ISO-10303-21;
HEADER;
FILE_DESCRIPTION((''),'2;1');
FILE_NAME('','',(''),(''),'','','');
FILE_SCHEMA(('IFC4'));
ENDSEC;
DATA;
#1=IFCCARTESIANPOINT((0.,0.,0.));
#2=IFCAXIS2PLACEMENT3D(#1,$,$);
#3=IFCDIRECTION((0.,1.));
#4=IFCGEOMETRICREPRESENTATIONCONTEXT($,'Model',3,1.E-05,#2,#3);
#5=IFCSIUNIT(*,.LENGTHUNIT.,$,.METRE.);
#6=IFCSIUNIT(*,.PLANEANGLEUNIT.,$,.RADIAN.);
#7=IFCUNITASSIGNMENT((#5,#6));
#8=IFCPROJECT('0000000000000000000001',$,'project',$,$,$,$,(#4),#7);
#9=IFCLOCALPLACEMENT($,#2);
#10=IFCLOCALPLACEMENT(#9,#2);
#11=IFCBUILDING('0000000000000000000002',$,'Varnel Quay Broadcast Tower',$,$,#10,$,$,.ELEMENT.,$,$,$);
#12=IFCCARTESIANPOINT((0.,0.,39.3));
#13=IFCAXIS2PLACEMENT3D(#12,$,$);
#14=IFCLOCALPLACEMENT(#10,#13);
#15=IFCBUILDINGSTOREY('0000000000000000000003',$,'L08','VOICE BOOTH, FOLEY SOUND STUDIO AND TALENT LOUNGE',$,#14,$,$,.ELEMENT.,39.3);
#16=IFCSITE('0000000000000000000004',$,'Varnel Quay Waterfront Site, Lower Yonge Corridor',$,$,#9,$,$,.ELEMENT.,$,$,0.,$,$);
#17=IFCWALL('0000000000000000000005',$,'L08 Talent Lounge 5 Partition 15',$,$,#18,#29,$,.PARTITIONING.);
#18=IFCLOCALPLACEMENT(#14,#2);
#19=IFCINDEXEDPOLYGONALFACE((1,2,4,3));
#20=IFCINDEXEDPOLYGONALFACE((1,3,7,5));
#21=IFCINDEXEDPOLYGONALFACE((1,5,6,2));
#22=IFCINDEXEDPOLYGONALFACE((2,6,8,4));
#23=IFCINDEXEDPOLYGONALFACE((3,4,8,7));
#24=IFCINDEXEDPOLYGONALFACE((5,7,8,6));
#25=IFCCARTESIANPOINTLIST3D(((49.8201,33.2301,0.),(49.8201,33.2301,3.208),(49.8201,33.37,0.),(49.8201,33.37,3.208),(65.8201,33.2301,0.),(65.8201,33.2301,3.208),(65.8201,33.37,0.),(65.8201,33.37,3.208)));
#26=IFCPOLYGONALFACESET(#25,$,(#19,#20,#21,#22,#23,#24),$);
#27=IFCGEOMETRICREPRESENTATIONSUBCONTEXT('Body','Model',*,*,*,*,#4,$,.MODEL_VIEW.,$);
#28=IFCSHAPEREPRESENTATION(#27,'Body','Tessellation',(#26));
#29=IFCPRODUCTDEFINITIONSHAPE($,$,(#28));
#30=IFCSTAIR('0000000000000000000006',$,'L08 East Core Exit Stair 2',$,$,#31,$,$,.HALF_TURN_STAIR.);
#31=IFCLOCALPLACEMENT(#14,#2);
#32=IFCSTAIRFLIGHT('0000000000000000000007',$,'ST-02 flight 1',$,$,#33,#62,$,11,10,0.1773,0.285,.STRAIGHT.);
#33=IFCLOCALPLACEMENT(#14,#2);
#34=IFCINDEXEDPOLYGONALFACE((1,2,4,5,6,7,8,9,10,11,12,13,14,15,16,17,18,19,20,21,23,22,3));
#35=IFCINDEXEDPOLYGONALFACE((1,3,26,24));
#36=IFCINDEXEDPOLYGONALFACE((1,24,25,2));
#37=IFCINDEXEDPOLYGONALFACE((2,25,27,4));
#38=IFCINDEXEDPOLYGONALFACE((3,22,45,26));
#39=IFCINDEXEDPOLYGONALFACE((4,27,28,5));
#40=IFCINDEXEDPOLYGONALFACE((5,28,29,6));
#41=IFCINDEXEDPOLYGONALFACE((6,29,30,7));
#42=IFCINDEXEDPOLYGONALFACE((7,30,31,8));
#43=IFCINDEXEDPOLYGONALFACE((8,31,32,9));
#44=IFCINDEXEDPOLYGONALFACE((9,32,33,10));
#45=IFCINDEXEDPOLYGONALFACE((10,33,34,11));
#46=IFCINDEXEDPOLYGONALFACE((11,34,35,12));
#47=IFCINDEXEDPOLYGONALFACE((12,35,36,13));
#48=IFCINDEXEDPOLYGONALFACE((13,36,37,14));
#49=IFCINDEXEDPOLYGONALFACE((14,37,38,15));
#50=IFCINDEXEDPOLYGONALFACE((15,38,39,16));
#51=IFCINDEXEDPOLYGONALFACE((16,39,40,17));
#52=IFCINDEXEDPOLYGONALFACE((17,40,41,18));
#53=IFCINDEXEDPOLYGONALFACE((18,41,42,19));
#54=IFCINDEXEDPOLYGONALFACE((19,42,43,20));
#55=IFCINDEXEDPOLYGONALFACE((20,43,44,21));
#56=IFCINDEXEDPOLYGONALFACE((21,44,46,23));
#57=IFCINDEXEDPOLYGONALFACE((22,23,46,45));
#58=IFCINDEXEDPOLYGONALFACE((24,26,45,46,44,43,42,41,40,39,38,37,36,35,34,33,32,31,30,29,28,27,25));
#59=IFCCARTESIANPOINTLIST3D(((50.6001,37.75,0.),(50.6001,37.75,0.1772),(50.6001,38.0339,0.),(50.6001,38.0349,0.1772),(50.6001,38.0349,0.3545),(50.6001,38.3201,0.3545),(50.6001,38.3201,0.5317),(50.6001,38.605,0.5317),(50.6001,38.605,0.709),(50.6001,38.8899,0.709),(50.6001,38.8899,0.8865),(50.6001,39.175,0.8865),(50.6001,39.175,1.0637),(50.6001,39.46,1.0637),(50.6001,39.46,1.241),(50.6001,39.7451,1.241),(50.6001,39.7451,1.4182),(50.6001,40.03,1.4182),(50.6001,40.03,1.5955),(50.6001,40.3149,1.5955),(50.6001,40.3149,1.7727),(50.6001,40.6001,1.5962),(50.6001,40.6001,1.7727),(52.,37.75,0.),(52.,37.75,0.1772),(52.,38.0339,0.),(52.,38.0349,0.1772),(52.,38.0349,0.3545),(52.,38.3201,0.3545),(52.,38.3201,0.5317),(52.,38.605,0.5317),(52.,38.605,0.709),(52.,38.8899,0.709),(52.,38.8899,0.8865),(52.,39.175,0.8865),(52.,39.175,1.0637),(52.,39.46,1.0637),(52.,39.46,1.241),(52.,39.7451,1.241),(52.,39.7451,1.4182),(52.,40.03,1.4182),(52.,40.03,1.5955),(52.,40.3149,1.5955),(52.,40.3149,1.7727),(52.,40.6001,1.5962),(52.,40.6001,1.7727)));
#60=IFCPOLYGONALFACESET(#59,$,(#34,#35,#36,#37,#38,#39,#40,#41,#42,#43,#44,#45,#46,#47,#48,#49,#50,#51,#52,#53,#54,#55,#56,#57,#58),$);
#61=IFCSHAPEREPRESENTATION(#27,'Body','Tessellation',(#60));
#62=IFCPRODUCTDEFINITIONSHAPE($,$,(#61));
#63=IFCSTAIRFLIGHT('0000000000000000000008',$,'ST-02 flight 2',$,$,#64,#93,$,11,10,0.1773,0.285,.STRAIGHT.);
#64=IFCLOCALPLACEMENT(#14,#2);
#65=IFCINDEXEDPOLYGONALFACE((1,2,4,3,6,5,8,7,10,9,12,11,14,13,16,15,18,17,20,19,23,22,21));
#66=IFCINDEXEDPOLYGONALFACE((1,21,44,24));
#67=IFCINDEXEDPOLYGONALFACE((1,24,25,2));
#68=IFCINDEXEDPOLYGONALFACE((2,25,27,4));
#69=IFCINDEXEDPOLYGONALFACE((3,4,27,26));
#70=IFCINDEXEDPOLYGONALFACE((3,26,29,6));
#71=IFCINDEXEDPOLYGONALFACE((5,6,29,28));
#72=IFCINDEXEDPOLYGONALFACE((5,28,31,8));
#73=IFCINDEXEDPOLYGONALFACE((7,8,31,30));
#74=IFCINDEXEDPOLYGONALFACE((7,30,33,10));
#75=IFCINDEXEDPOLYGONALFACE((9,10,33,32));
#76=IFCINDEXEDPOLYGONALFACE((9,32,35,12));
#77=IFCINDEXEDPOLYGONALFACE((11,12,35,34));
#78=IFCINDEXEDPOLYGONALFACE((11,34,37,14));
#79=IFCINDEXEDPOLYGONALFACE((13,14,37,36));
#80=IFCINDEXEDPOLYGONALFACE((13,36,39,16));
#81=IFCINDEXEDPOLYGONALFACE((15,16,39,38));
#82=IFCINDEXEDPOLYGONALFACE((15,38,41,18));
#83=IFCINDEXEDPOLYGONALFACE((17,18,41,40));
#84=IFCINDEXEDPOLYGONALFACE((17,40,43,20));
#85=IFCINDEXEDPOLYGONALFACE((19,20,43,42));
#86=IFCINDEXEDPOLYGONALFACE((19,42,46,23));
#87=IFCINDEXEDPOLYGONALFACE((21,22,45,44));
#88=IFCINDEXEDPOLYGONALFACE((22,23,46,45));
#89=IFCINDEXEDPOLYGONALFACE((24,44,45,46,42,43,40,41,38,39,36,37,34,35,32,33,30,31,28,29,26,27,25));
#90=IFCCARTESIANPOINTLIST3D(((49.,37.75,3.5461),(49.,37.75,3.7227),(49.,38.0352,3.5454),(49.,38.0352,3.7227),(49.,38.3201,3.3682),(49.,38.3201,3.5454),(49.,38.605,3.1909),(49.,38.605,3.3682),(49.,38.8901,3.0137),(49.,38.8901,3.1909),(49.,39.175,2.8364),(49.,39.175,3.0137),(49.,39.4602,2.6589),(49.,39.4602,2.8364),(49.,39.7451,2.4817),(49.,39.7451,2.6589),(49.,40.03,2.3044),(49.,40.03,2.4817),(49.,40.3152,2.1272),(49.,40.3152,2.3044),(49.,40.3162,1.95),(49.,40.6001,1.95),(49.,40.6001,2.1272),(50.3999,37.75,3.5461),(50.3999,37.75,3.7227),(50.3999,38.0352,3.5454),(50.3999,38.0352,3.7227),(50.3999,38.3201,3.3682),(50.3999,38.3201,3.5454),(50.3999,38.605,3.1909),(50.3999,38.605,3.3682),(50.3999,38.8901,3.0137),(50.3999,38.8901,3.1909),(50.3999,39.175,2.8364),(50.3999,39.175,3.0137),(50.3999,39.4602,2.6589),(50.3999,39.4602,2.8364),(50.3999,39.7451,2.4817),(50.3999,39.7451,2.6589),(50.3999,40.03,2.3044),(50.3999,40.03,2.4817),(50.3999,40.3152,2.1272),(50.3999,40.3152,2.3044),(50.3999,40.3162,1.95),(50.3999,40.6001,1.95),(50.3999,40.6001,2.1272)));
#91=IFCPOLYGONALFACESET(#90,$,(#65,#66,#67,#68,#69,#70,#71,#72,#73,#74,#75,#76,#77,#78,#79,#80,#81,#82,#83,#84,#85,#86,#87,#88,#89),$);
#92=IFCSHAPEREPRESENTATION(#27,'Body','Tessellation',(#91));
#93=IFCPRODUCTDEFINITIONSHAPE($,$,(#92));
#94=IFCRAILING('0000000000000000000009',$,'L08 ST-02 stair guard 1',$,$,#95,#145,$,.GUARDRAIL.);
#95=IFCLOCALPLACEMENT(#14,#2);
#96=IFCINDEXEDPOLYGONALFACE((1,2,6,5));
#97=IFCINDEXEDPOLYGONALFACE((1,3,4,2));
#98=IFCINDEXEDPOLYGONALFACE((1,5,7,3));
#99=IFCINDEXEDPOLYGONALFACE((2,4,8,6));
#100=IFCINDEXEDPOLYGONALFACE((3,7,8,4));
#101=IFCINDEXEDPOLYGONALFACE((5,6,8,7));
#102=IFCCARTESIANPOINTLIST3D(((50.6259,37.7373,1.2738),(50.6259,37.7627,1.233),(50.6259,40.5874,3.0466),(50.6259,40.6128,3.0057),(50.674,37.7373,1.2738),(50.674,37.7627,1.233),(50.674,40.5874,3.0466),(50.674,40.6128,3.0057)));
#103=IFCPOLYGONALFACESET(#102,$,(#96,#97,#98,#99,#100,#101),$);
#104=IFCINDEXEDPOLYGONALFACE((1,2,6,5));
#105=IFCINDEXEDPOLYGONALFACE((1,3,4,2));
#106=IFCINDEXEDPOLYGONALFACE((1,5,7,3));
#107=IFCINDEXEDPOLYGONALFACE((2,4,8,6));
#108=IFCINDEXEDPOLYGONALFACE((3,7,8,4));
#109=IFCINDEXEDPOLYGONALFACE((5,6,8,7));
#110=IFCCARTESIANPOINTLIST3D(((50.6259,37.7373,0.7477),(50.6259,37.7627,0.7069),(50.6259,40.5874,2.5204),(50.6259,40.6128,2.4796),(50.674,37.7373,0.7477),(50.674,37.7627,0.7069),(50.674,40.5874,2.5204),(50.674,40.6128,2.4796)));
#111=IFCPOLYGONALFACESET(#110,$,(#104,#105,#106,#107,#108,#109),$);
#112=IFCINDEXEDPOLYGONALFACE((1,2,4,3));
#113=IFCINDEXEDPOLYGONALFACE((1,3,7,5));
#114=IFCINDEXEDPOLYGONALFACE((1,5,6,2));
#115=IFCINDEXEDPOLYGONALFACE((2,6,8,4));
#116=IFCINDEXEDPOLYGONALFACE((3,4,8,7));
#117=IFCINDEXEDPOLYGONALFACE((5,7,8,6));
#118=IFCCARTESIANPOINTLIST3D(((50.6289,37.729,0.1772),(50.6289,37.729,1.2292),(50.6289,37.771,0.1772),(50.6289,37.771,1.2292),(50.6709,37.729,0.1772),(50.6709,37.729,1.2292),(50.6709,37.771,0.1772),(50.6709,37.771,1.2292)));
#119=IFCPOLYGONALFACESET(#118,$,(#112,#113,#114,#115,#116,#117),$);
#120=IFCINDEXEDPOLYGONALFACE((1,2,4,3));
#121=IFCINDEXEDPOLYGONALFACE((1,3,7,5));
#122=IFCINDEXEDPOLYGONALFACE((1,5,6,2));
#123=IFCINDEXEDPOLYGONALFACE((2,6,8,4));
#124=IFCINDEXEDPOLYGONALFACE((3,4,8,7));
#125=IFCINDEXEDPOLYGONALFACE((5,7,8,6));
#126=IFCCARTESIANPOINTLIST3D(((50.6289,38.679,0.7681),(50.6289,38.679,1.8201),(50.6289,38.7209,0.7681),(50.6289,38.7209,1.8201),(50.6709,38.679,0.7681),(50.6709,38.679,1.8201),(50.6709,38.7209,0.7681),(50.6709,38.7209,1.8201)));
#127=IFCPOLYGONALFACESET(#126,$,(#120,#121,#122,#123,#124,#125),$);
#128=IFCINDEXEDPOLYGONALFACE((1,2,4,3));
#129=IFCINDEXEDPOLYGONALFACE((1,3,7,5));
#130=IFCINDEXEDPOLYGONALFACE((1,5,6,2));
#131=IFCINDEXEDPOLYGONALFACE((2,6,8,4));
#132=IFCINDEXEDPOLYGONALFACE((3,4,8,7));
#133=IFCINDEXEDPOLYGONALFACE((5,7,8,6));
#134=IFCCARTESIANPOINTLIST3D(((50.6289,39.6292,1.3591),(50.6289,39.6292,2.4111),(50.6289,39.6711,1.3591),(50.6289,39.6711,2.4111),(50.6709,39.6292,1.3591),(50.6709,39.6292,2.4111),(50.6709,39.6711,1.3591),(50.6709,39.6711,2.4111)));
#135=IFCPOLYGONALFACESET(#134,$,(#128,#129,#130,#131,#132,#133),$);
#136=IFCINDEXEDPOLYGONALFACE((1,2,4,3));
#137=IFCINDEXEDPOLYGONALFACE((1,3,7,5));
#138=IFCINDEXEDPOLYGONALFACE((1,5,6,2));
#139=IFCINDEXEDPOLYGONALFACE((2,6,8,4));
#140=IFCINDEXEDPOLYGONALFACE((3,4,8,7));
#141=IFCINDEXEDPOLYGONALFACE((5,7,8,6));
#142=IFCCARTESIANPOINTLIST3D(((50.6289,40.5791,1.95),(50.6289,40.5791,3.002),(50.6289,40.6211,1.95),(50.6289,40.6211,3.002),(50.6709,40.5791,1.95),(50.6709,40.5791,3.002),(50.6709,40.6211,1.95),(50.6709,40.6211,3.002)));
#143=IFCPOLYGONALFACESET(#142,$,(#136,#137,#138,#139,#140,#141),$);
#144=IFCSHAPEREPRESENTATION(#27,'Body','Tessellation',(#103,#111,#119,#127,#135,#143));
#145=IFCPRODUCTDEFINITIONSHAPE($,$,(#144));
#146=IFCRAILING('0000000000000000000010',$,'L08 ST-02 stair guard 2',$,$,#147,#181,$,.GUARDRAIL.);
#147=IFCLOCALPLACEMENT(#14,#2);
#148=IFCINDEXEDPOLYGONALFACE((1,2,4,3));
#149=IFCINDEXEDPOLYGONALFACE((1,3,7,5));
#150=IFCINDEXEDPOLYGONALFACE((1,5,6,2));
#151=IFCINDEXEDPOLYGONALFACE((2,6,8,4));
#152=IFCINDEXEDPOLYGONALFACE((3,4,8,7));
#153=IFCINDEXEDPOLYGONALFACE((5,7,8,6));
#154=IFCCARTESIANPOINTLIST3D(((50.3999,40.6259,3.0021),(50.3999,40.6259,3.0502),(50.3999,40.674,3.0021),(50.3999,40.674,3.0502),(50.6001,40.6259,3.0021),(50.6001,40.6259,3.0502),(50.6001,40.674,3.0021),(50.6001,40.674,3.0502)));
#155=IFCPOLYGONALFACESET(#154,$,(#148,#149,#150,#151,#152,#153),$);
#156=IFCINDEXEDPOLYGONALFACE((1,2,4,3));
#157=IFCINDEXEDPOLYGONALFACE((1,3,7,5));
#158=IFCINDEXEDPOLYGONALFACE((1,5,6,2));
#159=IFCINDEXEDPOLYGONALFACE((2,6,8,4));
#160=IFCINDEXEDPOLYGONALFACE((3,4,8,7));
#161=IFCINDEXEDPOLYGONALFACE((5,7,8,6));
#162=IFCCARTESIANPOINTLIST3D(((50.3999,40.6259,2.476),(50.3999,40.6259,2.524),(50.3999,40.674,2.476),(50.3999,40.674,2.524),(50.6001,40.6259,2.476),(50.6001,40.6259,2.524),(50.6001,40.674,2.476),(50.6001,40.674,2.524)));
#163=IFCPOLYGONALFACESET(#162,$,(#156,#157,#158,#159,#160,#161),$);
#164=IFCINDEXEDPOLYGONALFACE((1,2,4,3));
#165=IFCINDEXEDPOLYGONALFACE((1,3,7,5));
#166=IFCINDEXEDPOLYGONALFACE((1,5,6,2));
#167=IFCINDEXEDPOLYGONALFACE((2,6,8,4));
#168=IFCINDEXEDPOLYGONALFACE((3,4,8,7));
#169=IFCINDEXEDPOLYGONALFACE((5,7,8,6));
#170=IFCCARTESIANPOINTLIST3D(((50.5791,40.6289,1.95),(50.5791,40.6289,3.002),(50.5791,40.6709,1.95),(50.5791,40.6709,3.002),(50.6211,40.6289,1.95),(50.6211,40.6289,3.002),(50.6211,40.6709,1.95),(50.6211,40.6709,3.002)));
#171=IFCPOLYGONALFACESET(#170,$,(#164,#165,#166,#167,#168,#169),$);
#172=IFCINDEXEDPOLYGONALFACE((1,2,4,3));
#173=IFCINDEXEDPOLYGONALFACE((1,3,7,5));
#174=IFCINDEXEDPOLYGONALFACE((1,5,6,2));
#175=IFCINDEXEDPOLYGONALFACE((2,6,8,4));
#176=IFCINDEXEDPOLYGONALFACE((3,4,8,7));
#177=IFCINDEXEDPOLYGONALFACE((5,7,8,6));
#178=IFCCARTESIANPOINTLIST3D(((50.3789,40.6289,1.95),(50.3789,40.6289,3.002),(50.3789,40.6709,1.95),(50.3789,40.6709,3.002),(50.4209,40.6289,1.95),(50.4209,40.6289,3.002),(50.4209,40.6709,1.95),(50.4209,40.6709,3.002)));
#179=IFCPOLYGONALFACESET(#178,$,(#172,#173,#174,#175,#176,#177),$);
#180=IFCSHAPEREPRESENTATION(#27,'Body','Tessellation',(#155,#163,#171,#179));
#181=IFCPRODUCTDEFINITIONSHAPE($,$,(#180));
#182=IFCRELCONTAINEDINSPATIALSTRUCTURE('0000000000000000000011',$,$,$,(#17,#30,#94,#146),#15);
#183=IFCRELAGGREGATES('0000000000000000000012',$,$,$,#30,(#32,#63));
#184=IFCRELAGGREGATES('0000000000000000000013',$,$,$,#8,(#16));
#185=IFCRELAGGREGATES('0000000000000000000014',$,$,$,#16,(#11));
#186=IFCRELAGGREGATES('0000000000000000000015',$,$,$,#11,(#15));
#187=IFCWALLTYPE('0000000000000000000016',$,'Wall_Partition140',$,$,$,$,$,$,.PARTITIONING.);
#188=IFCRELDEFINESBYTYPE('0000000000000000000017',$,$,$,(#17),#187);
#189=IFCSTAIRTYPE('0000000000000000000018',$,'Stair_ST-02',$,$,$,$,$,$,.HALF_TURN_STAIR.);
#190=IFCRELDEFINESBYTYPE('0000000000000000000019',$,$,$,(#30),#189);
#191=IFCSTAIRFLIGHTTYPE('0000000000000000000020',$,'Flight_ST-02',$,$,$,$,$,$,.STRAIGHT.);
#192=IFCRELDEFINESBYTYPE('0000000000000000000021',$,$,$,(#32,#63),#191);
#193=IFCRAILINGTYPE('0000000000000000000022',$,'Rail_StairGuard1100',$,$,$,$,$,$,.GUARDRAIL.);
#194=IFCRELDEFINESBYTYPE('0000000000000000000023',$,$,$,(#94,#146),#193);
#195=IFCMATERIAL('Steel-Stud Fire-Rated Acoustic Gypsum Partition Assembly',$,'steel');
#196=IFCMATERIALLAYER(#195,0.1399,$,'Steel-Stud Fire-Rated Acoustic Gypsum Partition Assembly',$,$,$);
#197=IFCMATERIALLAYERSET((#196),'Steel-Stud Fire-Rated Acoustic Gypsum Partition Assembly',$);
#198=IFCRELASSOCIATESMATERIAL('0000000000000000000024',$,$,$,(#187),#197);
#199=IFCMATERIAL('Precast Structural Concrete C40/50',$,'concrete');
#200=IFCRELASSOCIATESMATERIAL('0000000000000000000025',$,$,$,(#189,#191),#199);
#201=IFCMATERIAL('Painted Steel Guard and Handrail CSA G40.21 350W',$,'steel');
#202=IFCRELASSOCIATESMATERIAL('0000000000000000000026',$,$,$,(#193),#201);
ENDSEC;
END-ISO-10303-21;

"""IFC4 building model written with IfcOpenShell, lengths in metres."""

from ifc_helpers import new_model, si_unit, direction, frame, frame_2d, origin, origin_2d, place, context, subcontext, project, spatial, polyline, rectangle, outline, extrude, material, layer, layer_set, type_object, element, aggregate, save


model = new_model("IFC4")

# Units and contexts
model_context = context("Model", 3, precision=1e-05, world=origin(), true_north=direction((0.0, 1.0)))
body_context = subcontext(model_context, "Body", "Model", "MODEL_VIEW")
ifc_project = project(units=[si_unit("LENGTHUNIT", "METRE"), si_unit("PLANEANGLEUNIT", "RADIAN")], contexts=[model_context])

# Site, building, storey
site_placement = place(None, origin())
site = spatial("IfcSite", under=ifc_project, at=site_placement, Name="Varnel Quay Waterfront Site, Lower Yonge Corridor", CompositionType="ELEMENT", RefElevation=0.0)
building_placement = place(site_placement, origin())
building = spatial("IfcBuilding", under=site, at=building_placement, Name="Varnel Quay Broadcast Tower", CompositionType="ELEMENT")
storey_placement = place(building_placement, frame((0.0, 0.0, 39.3)))
storey = spatial("IfcBuildingStorey", under=building, at=storey_placement, Name="L08", Description="VOICE BOOTH, FOLEY SOUND STUDIO AND TALENT LOUNGE", CompositionType="ELEMENT", Elevation=39.3)

# Wall
ifc_material_1 = material(Name="Steel-Stud Fire-Rated Acoustic Gypsum Partition Assembly", Category="steel")
ifc_layer_1 = layer(ifc_material_1, 0.1399, Name="Steel-Stud Fire-Rated Acoustic Gypsum Partition Assembly")
ifc_layer_set_1 = layer_set([ifc_layer_1], Name="Steel-Stud Fire-Rated Acoustic Gypsum Partition Assembly")
wall_type_1 = type_object("IfcWallType", Name="Wall_Partition140", PredefinedType="PARTITIONING", material=ifc_layer_set_1)
wall_1_placement = place(storey_placement, frame((49.8201, 33.3, 0.0), z_axis=(0.0, 0.0, 1.0), x_axis=(1.0, 0.0, 0.0)))
element("IfcWall", 1, at=wall_1_placement, inside=storey, type_object=wall_type_1, Name="L08 Talent Lounge 5 Partition 15", PredefinedType="PARTITIONING", context=body_context, shape_type="SweptSolid", body=[
    extrude(rectangle(XDim=16.0, YDim=0.1399, at=frame_2d((8.0, 0.0))), origin(), (0.0, 0.0, 1.0), 3.208),
])

# Stair, stair flights
ifc_material_2 = material(Name="Precast Structural Concrete C40/50", Category="concrete")
stair_type = type_object("IfcStairType", Name="Stair_ST-02", PredefinedType="HALF_TURN_STAIR", material=ifc_material_2)
stair_placement = place(storey_placement, origin())
stair = element("IfcStair", 2, at=stair_placement, inside=storey, type_object=stair_type, Name="L08 East Core Exit Stair 2", PredefinedType="HALF_TURN_STAIR")
stair_flight_type = type_object("IfcStairFlightType", Name="Flight_ST-02", PredefinedType="STRAIGHT", material=ifc_material_2)
stair_flight_1_placement = place(storey_placement, frame((51.3, 37.75, 0.0), z_axis=(0.0, 0.0, 1.0), x_axis=(0.0, 1.0, 0.0)))
stair_flight_1 = element("IfcStairFlight", 3, at=stair_flight_1_placement, type_object=stair_flight_type, Name="ST-02 flight 1", NumberOfRisers=11, NumberOfTreads=10, PredefinedType="STRAIGHT", RiserHeight=0.1773, TreadLength=0.285, context=body_context, shape_type="SweptSolid", body=[
    extrude(outline(polyline([(0.0, 0.0), (0.0, 0.1772), (0.2849, 0.1772), (0.2849, 0.3545), (0.5701, 0.3545), (0.5701, 0.5317), (0.855, 0.5317), (0.855, 0.709), (1.1399, 0.709), (1.1399, 0.8865), (1.425, 0.8865), (1.425, 1.0637), (1.71, 1.0637), (1.71, 1.241), (1.9951, 1.241), (1.9951, 1.4182), (2.28, 1.4182), (2.28, 1.5955), (2.5649, 1.5955), (2.5649, 1.7727), (2.8501, 1.7727), (2.8501, 1.95), (2.8501, 1.5962), (0.2839, 0.0), (0.0, 0.0)])), frame((0.0, 0.7, 0.0), z_axis=(0.0, -1.0, 0.0), x_axis=(1.0, 0.0, 0.0)), (0.0, 0.0, 1.0), 1.3999),
])
stair_flight_2_placement = place(storey_placement, frame((49.7, 40.6001, 1.95), z_axis=(0.0, 0.0, 1.0), x_axis=(0.0, -1.0, 0.0)))
stair_flight_2 = element("IfcStairFlight", 4, at=stair_flight_2_placement, type_object=stair_flight_type, Name="ST-02 flight 2", NumberOfRisers=11, NumberOfTreads=10, PredefinedType="STRAIGHT", RiserHeight=0.1773, TreadLength=0.285, context=body_context, shape_type="SweptSolid", body=[
    extrude(outline(polyline([(0.0, 0.0), (0.0, 0.1772), (0.2849, 0.1772), (0.2849, 0.3545), (0.5701, 0.3545), (0.5701, 0.5317), (0.855, 0.5317), (0.855, 0.709), (1.1399, 0.709), (1.1399, 0.8865), (1.425, 0.8865), (1.425, 1.0637), (1.71, 1.0637), (1.71, 1.241), (1.9951, 1.241), (1.9951, 1.4182), (2.28, 1.4182), (2.28, 1.5955), (2.5649, 1.5955), (2.5649, 1.7727), (2.8501, 1.7727), (2.8501, 1.95), (2.8501, 1.5962), (0.2839, 0.0), (0.0, 0.0)])), frame((0.0, 0.7, 0.0), z_axis=(0.0, -1.0, 0.0), x_axis=(1.0, 0.0, 0.0)), (0.0, 0.0, 1.0), 1.3999),
])
aggregate(stair, [stair_flight_1, stair_flight_2])

# Railings
ifc_material_3 = material(Name="Painted Steel Guard and Handrail CSA G40.21 350W", Category="steel")
railing_type_1 = type_object("IfcRailingType", Name="Rail_StairGuard1100", PredefinedType="GUARDRAIL", material=ifc_material_3)
railing_1_placement = place(storey_placement, frame((50.6499, 37.75, 0.1772)))
element("IfcRailing", 5, at=railing_1_placement, inside=storey, type_object=railing_type_1, Name="L08 ST-02 stair guard 1", PredefinedType="GUARDRAIL", context=body_context, shape_type="SweptSolid", body=[
    extrude(rectangle(XDim=0.0481, YDim=0.0481, at=origin_2d()), frame((0.0, 0.0, 1.0762), z_axis=(0.0, 0.849149, 0.528154), x_axis=(-1.0, 0.0, 0.0)), (0.0, 0.0, 1.0), 3.3564),
    extrude(rectangle(XDim=0.0481, YDim=0.0481, at=origin_2d()), frame((0.0, 0.0, 0.55), z_axis=(0.0, 0.849149, 0.528154), x_axis=(-1.0, 0.0, 0.0)), (0.0, 0.0, 1.0), 3.3564),
    extrude(rectangle(XDim=0.042, YDim=0.042, at=origin_2d()), origin(), (0.0, 0.0, 1.0), 1.052),
    extrude(rectangle(XDim=0.042, YDim=0.042, at=origin_2d()), frame((0.0, 0.95, 0.5908)), (0.0, 0.0, 1.0), 1.052),
    extrude(rectangle(XDim=0.042, YDim=0.042, at=origin_2d()), frame((0.0, 1.9001, 1.1819)), (0.0, 0.0, 1.0), 1.052),
    extrude(rectangle(XDim=0.042, YDim=0.042, at=origin_2d()), frame((0.0, 2.8501, 1.7727)), (0.0, 0.0, 1.0), 1.052),
])
railing_2_placement = place(storey_placement, frame((50.6001, 40.6499, 1.95)))
element("IfcRailing", 6, at=railing_2_placement, inside=storey, type_object=railing_type_1, Name="L08 ST-02 stair guard 2", PredefinedType="GUARDRAIL", context=body_context, shape_type="SweptSolid", body=[
    extrude(rectangle(XDim=0.0481, YDim=0.0481, at=origin_2d()), frame((0.0, 0.0, 1.0762), z_axis=(-1.0, 0.0, 0.0), x_axis=(0.0, -1.0, 0.0)), (0.0, 0.0, 1.0), 0.2002),
    extrude(rectangle(XDim=0.0481, YDim=0.0481, at=origin_2d()), frame((0.0, 0.0, 0.55), z_axis=(-1.0, 0.0, 0.0), x_axis=(0.0, -1.0, 0.0)), (0.0, 0.0, 1.0), 0.2002),
    extrude(rectangle(XDim=0.042, YDim=0.042, at=origin_2d()), origin(), (0.0, 0.0, 1.0), 1.052),
    extrude(rectangle(XDim=0.042, YDim=0.042, at=origin_2d()), frame((-0.2002, 0.0, 0.0)), (0.0, 0.0, 1.0), 1.052),
])

save(model, "model.ifc")
